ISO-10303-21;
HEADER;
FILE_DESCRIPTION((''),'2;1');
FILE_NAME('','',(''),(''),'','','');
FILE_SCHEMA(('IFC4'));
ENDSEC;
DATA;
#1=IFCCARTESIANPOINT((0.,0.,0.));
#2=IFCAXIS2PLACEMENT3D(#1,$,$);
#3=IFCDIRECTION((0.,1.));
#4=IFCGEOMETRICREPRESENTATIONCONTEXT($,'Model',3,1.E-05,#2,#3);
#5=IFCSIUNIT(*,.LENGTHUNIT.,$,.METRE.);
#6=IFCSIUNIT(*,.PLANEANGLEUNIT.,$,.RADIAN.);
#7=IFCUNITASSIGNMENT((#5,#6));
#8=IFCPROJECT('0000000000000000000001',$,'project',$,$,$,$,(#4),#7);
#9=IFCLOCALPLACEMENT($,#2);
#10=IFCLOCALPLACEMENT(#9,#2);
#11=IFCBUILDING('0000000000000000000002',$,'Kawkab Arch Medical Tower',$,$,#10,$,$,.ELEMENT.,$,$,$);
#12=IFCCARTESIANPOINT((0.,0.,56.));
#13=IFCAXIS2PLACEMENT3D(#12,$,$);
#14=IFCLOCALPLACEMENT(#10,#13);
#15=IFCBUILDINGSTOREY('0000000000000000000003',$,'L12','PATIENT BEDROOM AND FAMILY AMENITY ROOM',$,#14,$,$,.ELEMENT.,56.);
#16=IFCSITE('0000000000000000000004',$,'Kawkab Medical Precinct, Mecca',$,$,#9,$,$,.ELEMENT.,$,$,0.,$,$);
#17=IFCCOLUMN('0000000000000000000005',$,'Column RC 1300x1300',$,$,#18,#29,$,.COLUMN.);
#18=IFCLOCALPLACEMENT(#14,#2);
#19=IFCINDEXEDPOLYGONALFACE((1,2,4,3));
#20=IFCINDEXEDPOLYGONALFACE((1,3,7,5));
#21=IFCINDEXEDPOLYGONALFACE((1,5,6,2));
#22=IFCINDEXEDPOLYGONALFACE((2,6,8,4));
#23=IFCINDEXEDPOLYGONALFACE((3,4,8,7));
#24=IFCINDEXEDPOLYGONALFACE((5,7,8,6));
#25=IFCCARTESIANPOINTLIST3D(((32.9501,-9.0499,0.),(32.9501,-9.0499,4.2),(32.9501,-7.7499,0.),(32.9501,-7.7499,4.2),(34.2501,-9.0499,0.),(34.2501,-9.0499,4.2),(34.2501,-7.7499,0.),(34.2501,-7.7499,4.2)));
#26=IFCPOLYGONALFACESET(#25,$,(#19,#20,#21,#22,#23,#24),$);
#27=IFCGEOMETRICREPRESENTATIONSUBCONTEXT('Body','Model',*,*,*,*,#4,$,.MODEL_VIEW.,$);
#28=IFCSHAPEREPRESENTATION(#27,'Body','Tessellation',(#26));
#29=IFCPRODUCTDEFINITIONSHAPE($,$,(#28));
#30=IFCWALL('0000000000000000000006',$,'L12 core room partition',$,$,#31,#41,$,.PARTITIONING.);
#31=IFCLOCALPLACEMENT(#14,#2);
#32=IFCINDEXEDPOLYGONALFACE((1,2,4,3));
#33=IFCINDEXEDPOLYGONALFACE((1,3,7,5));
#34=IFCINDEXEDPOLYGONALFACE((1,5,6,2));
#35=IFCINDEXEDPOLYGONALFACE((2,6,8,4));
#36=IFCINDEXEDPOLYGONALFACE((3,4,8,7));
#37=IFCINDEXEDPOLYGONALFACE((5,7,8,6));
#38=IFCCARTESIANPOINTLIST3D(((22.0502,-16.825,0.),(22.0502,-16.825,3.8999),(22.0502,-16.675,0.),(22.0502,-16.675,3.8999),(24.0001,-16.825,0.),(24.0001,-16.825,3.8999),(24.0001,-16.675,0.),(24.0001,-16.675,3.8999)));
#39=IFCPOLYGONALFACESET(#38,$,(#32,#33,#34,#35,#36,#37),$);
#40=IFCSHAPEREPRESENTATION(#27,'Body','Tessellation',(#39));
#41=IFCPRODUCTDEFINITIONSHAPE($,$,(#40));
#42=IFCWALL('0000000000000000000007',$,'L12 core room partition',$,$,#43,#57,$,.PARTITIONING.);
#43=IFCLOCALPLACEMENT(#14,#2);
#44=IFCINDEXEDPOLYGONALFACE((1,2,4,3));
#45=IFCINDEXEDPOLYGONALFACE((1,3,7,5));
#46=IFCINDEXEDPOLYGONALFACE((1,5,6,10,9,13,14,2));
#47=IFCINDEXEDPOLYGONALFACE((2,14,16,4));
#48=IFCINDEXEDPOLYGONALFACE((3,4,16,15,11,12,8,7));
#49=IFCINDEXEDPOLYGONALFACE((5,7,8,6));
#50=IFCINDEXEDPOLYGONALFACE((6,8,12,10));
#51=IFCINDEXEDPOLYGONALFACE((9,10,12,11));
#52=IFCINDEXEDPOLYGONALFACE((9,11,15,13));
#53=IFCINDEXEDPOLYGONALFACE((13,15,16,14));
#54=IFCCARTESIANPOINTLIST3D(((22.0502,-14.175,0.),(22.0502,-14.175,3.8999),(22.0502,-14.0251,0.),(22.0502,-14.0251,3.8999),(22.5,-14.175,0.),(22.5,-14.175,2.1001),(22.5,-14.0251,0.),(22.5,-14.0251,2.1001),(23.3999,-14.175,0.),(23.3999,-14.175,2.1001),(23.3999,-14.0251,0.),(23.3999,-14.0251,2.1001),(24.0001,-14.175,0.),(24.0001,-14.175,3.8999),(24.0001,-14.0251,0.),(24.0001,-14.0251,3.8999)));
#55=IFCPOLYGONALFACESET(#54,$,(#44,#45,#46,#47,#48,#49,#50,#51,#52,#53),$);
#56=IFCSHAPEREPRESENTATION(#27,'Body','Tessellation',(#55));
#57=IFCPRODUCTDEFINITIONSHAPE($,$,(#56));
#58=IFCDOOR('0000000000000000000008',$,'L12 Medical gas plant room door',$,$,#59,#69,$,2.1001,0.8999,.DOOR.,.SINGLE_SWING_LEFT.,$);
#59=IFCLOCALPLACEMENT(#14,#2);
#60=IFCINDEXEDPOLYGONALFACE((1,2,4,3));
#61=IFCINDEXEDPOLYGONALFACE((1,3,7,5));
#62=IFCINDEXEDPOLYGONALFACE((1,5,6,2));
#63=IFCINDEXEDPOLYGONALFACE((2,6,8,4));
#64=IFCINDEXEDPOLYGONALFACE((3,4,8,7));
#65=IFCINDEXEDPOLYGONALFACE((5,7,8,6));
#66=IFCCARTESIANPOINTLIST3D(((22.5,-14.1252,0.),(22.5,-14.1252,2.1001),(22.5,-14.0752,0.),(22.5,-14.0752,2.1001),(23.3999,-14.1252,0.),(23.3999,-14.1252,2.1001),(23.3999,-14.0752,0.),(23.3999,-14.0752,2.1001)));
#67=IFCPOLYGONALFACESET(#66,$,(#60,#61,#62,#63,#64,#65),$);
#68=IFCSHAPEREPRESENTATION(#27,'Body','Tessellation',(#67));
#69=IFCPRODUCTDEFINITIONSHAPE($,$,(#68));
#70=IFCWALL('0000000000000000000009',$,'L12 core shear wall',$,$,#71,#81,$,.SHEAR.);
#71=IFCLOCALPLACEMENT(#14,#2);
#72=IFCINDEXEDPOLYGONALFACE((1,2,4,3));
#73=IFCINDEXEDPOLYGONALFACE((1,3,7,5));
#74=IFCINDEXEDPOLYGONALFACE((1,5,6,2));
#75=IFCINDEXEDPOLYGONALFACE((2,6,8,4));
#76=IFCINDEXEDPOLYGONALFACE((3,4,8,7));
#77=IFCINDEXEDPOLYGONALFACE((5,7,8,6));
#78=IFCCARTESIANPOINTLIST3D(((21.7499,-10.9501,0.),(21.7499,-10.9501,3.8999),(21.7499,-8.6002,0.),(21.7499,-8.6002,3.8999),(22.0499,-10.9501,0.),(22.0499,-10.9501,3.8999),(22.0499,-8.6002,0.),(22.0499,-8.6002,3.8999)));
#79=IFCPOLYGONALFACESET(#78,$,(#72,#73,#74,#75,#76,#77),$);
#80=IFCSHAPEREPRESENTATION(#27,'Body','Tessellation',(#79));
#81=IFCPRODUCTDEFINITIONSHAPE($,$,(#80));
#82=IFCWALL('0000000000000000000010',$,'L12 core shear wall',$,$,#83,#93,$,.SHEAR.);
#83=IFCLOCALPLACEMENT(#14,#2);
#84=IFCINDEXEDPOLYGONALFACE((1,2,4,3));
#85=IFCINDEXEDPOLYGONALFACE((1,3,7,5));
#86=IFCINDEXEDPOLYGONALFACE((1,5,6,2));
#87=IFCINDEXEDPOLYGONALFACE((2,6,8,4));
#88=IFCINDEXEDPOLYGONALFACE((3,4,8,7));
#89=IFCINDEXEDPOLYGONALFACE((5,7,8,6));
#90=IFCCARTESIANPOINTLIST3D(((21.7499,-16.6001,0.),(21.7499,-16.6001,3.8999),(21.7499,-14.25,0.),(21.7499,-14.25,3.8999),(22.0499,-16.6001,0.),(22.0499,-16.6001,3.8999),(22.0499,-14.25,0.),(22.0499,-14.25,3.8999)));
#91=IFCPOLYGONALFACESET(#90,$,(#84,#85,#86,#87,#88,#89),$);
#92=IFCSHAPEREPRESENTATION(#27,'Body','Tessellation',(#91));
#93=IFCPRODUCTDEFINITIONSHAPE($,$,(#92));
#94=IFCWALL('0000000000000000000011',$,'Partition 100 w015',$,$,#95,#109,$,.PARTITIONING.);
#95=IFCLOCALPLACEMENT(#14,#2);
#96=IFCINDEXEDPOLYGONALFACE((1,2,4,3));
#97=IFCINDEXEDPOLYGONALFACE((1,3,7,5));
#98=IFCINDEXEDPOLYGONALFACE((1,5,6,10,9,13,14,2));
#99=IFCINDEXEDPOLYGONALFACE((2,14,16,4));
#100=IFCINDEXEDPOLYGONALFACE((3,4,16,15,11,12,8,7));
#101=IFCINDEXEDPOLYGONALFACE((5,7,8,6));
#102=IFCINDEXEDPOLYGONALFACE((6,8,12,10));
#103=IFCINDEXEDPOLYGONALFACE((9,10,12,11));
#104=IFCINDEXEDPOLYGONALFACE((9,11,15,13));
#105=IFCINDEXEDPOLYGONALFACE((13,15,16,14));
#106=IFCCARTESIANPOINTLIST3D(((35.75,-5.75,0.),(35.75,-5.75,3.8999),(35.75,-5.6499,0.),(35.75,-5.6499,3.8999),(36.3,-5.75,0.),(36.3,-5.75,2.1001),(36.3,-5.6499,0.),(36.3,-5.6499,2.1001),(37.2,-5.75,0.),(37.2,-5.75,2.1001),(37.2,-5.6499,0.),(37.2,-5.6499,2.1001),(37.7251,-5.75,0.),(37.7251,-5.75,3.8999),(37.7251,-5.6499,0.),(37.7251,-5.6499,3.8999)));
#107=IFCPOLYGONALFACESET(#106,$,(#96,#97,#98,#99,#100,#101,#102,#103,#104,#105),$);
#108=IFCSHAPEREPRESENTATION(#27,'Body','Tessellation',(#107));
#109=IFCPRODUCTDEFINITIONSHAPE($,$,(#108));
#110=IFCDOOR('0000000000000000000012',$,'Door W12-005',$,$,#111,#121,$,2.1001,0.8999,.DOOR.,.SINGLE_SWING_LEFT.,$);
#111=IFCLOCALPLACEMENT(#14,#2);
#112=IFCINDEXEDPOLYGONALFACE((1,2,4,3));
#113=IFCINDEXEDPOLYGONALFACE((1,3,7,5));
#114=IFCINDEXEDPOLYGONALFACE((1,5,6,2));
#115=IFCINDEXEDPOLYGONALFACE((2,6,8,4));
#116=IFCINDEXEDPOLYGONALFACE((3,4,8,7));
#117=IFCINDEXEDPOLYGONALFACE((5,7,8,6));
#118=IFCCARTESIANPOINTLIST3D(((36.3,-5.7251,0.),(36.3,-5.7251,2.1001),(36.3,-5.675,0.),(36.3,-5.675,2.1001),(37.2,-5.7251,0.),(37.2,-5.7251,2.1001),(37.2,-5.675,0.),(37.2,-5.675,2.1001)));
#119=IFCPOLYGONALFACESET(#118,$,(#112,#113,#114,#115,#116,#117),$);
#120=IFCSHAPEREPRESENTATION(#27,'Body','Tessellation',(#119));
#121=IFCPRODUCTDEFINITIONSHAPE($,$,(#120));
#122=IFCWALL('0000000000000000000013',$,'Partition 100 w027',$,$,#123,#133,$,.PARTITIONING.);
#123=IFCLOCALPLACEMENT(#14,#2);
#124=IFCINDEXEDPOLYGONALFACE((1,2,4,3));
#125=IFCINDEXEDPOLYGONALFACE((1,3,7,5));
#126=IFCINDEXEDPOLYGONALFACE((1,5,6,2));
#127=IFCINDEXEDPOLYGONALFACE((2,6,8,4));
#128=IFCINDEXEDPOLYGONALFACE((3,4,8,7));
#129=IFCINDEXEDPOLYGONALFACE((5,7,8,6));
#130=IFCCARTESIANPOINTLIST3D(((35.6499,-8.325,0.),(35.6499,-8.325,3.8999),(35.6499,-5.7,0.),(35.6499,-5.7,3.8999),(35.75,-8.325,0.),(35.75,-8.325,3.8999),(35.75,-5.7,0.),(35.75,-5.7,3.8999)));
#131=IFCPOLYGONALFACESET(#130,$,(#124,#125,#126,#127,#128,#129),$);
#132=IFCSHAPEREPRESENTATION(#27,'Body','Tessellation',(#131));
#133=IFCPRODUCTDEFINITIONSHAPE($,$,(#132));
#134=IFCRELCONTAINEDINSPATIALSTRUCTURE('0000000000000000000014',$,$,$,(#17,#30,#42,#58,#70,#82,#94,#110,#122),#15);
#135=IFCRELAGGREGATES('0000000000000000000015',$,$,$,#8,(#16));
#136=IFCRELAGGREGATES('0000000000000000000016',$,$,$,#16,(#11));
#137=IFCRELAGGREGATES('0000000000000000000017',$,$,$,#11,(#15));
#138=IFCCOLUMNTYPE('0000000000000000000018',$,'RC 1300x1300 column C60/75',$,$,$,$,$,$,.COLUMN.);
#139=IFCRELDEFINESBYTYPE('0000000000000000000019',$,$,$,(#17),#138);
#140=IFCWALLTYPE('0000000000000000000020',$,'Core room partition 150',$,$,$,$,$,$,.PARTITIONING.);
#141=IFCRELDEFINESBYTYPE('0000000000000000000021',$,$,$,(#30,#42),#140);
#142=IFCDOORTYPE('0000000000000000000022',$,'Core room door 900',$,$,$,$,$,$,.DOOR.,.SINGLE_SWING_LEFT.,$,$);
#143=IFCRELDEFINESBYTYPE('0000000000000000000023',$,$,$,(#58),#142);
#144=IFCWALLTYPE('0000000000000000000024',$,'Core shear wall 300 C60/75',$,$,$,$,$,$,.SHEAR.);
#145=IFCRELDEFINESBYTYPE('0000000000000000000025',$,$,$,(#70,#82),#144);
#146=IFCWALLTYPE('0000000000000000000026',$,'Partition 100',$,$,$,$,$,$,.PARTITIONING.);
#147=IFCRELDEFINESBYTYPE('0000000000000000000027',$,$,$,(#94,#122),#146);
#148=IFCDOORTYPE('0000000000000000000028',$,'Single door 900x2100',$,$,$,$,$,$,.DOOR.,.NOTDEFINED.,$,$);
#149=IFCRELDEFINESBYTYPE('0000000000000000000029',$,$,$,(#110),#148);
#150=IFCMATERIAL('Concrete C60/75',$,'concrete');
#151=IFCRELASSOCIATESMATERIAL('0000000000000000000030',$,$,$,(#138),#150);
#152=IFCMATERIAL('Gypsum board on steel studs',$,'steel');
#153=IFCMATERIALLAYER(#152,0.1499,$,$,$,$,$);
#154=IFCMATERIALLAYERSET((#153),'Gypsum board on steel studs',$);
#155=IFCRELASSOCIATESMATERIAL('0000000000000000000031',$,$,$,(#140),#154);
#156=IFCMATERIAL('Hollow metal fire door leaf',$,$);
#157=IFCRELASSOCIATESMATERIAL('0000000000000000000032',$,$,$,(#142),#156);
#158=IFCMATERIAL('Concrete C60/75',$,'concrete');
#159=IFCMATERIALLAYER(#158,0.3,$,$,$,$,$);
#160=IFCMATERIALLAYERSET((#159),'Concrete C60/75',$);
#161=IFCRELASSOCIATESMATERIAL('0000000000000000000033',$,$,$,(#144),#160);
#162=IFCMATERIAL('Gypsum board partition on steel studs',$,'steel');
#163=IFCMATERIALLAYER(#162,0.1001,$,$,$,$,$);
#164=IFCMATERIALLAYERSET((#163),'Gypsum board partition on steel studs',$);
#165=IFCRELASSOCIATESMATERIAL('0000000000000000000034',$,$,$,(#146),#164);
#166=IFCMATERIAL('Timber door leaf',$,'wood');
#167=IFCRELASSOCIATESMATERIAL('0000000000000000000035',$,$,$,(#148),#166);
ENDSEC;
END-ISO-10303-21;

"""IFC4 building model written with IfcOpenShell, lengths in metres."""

from ifc_helpers import new_model, si_unit, direction, frame, frame_2d, origin, origin_2d, place, context, subcontext, project, spatial, rectangle, extrude, material, layer, layer_set, material_profile, profile_set, type_object, element, fill, save


model = new_model("IFC4")

# Units and contexts
model_context = context("Model", 3, precision=1e-05, world=origin(), true_north=direction((0.0, 1.0)))
body_context = subcontext(model_context, "Body", "Model", "MODEL_VIEW")
ifc_project = project(units=[si_unit("LENGTHUNIT", "METRE"), si_unit("PLANEANGLEUNIT", "RADIAN")], contexts=[model_context])

# Site, building, storey
site_placement = place(None, origin())
site = spatial("IfcSite", under=ifc_project, at=site_placement, Name="Kawkab Medical Precinct, Mecca", CompositionType="ELEMENT", RefElevation=0.0)
building_placement = place(site_placement, origin())
building = spatial("IfcBuilding", under=site, at=building_placement, Name="Kawkab Arch Medical Tower", CompositionType="ELEMENT")
storey_placement = place(building_placement, frame((0.0, 0.0, 56.0)))
storey = spatial("IfcBuildingStorey", under=building, at=storey_placement, Name="L12", Description="PATIENT BEDROOM AND FAMILY AMENITY ROOM", CompositionType="ELEMENT", Elevation=56.0)

# Column
ifc_material_1 = material(Name="Concrete C60/75", Category="concrete")
ifc_material_profile = material_profile(ifc_material_1, rectangle(XDim=1.3, YDim=1.3, at=origin_2d()), Name="RC 1300x1300")
ifc_profile_set = profile_set([ifc_material_profile], Name="Concrete C60/75")
column_type = type_object("IfcColumnType", Name="RC 1300x1300 column C60/75", PredefinedType="COLUMN", material=ifc_profile_set)
column_placement = place(storey_placement, frame((33.6001, -8.3999, 0.0), z_axis=(0.0, 0.0, 1.0), x_axis=(1.0, 0.0, 0.0)))
element("IfcColumn", 1, at=column_placement, inside=storey, type_object=column_type, Name="Column RC 1300x1300", PredefinedType="COLUMN", context=body_context, shape_type="SweptSolid", body=[
    extrude(rectangle(XDim=1.3, YDim=1.3, at=origin_2d()), origin(), (0.0, 0.0, 1.0), 4.2),
])

# Wall
ifc_material_2 = material(Name="Gypsum board on steel studs", Category="steel")
ifc_layer_1 = layer(ifc_material_2, 0.1499)
ifc_layer_set_1 = layer_set([ifc_layer_1], Name="Gypsum board on steel studs")
wall_type_1 = type_object("IfcWallType", Name="Core room partition 150", PredefinedType="PARTITIONING", material=ifc_layer_set_1)
wall_1_placement = place(storey_placement, frame((22.05, -16.75, 0.0), z_axis=(0.0, 0.0, 1.0), x_axis=(1.0, 0.0, 0.0)))
element("IfcWall", 2, at=wall_1_placement, inside=storey, type_object=wall_type_1, Name="L12 core room partition", PredefinedType="PARTITIONING", context=body_context, shape_type="SweptSolid", body=[
    extrude(rectangle(XDim=1.95, YDim=0.1499, at=frame_2d((0.9751, 0.0))), origin(), (0.0, 0.0, 1.0), 3.8999),
])

# Wall, opening, door
wall_2_placement = place(storey_placement, frame((22.05, -14.1001, 0.0), z_axis=(0.0, 0.0, 1.0), x_axis=(1.0, 0.0, 0.0)))
wall_2 = element("IfcWall", 3, at=wall_2_placement, inside=storey, type_object=wall_type_1, Name="L12 core room partition", PredefinedType="PARTITIONING", context=body_context, shape_type="SweptSolid", body=[
    extrude(rectangle(XDim=1.95, YDim=0.1499, at=frame_2d((0.9751, 0.0))), origin(), (0.0, 0.0, 1.0), 3.8999),
])
opening_1_placement = place(wall_2_placement, frame((0.45, 0.0, 0.0)))
opening_1 = element("IfcOpeningElement", 4, at=opening_1_placement, cuts=wall_2, PredefinedType="OPENING", context=body_context, shape_type="SweptSolid", body=[
    extrude(rectangle(XDim=0.8999, YDim=2.1001, at=frame_2d((0.45, 1.05))), frame((0.0, 0.085, 0.0), z_axis=(0.0, -1.0, 0.0), x_axis=(1.0, 0.0, 0.0)), (0.0, 0.0, 1.0), 0.1699),
])
ifc_material_3 = material(Name="Hollow metal fire door leaf")
door_type_1 = type_object("IfcDoorType", Name="Core room door 900", OperationType="SINGLE_SWING_LEFT", PredefinedType="DOOR", material=ifc_material_3)
door_1_placement = place(opening_1_placement, origin())
door_1 = element("IfcDoor", 5, at=door_1_placement, inside=storey, type_object=door_type_1, Name="L12 Medical gas plant room door", OperationType="SINGLE_SWING_LEFT", OverallHeight=2.1001, OverallWidth=0.8999, PredefinedType="DOOR", context=body_context, shape_type="SweptSolid", body=[
    extrude(rectangle(XDim=0.8999, YDim=2.1001, at=frame_2d((0.45, 1.05))), frame((0.0, 0.0249, 0.0), z_axis=(0.0, -1.0, 0.0), x_axis=(1.0, 0.0, 0.0)), (0.0, 0.0, 1.0), 0.05),
])
fill(opening_1, door_1)

# Walls
ifc_material_4 = material(Name="Concrete C60/75", Category="concrete")
ifc_layer_2 = layer(ifc_material_4, 0.3)
ifc_layer_set_2 = layer_set([ifc_layer_2], Name="Concrete C60/75")
wall_type_2 = type_object("IfcWallType", Name="Core shear wall 300 C60/75", PredefinedType="SHEAR", material=ifc_layer_set_2)
wall_3_placement = place(storey_placement, frame((21.8999, -10.95, 0.0), z_axis=(0.0, 0.0, 1.0), x_axis=(0.0, 1.0, 0.0)))
element("IfcWall", 6, at=wall_3_placement, inside=storey, type_object=wall_type_2, Name="L12 core shear wall", PredefinedType="SHEAR", context=body_context, shape_type="SweptSolid", body=[
    extrude(rectangle(XDim=2.3499, YDim=0.3, at=frame_2d((1.1748, 0.0))), origin(), (0.0, 0.0, 1.0), 3.8999),
])
wall_4_placement = place(storey_placement, frame((21.8999, -16.6001, 0.0), z_axis=(0.0, 0.0, 1.0), x_axis=(0.0, 1.0, 0.0)))
element("IfcWall", 7, at=wall_4_placement, inside=storey, type_object=wall_type_2, Name="L12 core shear wall", PredefinedType="SHEAR", context=body_context, shape_type="SweptSolid", body=[
    extrude(rectangle(XDim=2.3501, YDim=0.3, at=frame_2d((1.175, 0.0))), origin(), (0.0, 0.0, 1.0), 3.8999),
])

# Wall, opening, door
ifc_material_5 = material(Name="Gypsum board partition on steel studs", Category="steel")
ifc_layer_3 = layer(ifc_material_5, 0.1001)
ifc_layer_set_3 = layer_set([ifc_layer_3], Name="Gypsum board partition on steel studs")
wall_type_3 = type_object("IfcWallType", Name="Partition 100", PredefinedType="PARTITIONING", material=ifc_layer_set_3)
wall_5_placement = place(storey_placement, frame((35.75, -5.7, 0.0), z_axis=(0.0, 0.0, 1.0), x_axis=(1.0, 0.0, 0.0)))
wall_5 = element("IfcWall", 8, at=wall_5_placement, inside=storey, type_object=wall_type_3, Name="Partition 100 w015", PredefinedType="PARTITIONING", context=body_context, shape_type="SweptSolid", body=[
    extrude(rectangle(XDim=1.9751, YDim=0.1001, at=frame_2d((0.9875, 0.0))), origin(), (0.0, 0.0, 1.0), 3.8999),
])
opening_2_placement = place(wall_5_placement, frame((0.55, 0.0, 0.0)))
opening_2 = element("IfcOpeningElement", 9, at=opening_2_placement, cuts=wall_5, PredefinedType="OPENING", context=body_context, shape_type="SweptSolid", body=[
    extrude(rectangle(XDim=0.8999, YDim=2.1001, at=frame_2d((0.45, 1.05))), frame((0.0, 0.0601, 0.0), z_axis=(0.0, -1.0, 0.0), x_axis=(1.0, 0.0, 0.0)), (0.0, 0.0, 1.0), 0.1201),
])
ifc_material_6 = material(Name="Timber door leaf", Category="wood")
door_type_2 = type_object("IfcDoorType", Name="Single door 900x2100", OperationType="NOTDEFINED", PredefinedType="DOOR", material=ifc_material_6)
door_2_placement = place(opening_2_placement, origin())
door_2 = element("IfcDoor", 10, at=door_2_placement, inside=storey, type_object=door_type_2, Name="Door W12-005", OperationType="SINGLE_SWING_LEFT", OverallHeight=2.1001, OverallWidth=0.8999, PredefinedType="DOOR", context=body_context, shape_type="SweptSolid", body=[
    extrude(rectangle(XDim=0.8999, YDim=2.1001, at=frame_2d((0.45, 1.05))), frame((0.0, 0.0249, 0.0), z_axis=(0.0, -1.0, 0.0), x_axis=(1.0, 0.0, 0.0)), (0.0, 0.0, 1.0), 0.05),
])
fill(opening_2, door_2)

# Wall
wall_6_placement = place(storey_placement, frame((35.7, -8.325, 0.0), z_axis=(0.0, 0.0, 1.0), x_axis=(0.0, 1.0, 0.0)))
element("IfcWall", 11, at=wall_6_placement, inside=storey, type_object=wall_type_3, Name="Partition 100 w027", PredefinedType="PARTITIONING", context=body_context, shape_type="SweptSolid", body=[
    extrude(rectangle(XDim=2.625, YDim=0.1001, at=frame_2d((1.3125, 0.0))), origin(), (0.0, 0.0, 1.0), 3.8999),
])

save(model, "model.ifc")
